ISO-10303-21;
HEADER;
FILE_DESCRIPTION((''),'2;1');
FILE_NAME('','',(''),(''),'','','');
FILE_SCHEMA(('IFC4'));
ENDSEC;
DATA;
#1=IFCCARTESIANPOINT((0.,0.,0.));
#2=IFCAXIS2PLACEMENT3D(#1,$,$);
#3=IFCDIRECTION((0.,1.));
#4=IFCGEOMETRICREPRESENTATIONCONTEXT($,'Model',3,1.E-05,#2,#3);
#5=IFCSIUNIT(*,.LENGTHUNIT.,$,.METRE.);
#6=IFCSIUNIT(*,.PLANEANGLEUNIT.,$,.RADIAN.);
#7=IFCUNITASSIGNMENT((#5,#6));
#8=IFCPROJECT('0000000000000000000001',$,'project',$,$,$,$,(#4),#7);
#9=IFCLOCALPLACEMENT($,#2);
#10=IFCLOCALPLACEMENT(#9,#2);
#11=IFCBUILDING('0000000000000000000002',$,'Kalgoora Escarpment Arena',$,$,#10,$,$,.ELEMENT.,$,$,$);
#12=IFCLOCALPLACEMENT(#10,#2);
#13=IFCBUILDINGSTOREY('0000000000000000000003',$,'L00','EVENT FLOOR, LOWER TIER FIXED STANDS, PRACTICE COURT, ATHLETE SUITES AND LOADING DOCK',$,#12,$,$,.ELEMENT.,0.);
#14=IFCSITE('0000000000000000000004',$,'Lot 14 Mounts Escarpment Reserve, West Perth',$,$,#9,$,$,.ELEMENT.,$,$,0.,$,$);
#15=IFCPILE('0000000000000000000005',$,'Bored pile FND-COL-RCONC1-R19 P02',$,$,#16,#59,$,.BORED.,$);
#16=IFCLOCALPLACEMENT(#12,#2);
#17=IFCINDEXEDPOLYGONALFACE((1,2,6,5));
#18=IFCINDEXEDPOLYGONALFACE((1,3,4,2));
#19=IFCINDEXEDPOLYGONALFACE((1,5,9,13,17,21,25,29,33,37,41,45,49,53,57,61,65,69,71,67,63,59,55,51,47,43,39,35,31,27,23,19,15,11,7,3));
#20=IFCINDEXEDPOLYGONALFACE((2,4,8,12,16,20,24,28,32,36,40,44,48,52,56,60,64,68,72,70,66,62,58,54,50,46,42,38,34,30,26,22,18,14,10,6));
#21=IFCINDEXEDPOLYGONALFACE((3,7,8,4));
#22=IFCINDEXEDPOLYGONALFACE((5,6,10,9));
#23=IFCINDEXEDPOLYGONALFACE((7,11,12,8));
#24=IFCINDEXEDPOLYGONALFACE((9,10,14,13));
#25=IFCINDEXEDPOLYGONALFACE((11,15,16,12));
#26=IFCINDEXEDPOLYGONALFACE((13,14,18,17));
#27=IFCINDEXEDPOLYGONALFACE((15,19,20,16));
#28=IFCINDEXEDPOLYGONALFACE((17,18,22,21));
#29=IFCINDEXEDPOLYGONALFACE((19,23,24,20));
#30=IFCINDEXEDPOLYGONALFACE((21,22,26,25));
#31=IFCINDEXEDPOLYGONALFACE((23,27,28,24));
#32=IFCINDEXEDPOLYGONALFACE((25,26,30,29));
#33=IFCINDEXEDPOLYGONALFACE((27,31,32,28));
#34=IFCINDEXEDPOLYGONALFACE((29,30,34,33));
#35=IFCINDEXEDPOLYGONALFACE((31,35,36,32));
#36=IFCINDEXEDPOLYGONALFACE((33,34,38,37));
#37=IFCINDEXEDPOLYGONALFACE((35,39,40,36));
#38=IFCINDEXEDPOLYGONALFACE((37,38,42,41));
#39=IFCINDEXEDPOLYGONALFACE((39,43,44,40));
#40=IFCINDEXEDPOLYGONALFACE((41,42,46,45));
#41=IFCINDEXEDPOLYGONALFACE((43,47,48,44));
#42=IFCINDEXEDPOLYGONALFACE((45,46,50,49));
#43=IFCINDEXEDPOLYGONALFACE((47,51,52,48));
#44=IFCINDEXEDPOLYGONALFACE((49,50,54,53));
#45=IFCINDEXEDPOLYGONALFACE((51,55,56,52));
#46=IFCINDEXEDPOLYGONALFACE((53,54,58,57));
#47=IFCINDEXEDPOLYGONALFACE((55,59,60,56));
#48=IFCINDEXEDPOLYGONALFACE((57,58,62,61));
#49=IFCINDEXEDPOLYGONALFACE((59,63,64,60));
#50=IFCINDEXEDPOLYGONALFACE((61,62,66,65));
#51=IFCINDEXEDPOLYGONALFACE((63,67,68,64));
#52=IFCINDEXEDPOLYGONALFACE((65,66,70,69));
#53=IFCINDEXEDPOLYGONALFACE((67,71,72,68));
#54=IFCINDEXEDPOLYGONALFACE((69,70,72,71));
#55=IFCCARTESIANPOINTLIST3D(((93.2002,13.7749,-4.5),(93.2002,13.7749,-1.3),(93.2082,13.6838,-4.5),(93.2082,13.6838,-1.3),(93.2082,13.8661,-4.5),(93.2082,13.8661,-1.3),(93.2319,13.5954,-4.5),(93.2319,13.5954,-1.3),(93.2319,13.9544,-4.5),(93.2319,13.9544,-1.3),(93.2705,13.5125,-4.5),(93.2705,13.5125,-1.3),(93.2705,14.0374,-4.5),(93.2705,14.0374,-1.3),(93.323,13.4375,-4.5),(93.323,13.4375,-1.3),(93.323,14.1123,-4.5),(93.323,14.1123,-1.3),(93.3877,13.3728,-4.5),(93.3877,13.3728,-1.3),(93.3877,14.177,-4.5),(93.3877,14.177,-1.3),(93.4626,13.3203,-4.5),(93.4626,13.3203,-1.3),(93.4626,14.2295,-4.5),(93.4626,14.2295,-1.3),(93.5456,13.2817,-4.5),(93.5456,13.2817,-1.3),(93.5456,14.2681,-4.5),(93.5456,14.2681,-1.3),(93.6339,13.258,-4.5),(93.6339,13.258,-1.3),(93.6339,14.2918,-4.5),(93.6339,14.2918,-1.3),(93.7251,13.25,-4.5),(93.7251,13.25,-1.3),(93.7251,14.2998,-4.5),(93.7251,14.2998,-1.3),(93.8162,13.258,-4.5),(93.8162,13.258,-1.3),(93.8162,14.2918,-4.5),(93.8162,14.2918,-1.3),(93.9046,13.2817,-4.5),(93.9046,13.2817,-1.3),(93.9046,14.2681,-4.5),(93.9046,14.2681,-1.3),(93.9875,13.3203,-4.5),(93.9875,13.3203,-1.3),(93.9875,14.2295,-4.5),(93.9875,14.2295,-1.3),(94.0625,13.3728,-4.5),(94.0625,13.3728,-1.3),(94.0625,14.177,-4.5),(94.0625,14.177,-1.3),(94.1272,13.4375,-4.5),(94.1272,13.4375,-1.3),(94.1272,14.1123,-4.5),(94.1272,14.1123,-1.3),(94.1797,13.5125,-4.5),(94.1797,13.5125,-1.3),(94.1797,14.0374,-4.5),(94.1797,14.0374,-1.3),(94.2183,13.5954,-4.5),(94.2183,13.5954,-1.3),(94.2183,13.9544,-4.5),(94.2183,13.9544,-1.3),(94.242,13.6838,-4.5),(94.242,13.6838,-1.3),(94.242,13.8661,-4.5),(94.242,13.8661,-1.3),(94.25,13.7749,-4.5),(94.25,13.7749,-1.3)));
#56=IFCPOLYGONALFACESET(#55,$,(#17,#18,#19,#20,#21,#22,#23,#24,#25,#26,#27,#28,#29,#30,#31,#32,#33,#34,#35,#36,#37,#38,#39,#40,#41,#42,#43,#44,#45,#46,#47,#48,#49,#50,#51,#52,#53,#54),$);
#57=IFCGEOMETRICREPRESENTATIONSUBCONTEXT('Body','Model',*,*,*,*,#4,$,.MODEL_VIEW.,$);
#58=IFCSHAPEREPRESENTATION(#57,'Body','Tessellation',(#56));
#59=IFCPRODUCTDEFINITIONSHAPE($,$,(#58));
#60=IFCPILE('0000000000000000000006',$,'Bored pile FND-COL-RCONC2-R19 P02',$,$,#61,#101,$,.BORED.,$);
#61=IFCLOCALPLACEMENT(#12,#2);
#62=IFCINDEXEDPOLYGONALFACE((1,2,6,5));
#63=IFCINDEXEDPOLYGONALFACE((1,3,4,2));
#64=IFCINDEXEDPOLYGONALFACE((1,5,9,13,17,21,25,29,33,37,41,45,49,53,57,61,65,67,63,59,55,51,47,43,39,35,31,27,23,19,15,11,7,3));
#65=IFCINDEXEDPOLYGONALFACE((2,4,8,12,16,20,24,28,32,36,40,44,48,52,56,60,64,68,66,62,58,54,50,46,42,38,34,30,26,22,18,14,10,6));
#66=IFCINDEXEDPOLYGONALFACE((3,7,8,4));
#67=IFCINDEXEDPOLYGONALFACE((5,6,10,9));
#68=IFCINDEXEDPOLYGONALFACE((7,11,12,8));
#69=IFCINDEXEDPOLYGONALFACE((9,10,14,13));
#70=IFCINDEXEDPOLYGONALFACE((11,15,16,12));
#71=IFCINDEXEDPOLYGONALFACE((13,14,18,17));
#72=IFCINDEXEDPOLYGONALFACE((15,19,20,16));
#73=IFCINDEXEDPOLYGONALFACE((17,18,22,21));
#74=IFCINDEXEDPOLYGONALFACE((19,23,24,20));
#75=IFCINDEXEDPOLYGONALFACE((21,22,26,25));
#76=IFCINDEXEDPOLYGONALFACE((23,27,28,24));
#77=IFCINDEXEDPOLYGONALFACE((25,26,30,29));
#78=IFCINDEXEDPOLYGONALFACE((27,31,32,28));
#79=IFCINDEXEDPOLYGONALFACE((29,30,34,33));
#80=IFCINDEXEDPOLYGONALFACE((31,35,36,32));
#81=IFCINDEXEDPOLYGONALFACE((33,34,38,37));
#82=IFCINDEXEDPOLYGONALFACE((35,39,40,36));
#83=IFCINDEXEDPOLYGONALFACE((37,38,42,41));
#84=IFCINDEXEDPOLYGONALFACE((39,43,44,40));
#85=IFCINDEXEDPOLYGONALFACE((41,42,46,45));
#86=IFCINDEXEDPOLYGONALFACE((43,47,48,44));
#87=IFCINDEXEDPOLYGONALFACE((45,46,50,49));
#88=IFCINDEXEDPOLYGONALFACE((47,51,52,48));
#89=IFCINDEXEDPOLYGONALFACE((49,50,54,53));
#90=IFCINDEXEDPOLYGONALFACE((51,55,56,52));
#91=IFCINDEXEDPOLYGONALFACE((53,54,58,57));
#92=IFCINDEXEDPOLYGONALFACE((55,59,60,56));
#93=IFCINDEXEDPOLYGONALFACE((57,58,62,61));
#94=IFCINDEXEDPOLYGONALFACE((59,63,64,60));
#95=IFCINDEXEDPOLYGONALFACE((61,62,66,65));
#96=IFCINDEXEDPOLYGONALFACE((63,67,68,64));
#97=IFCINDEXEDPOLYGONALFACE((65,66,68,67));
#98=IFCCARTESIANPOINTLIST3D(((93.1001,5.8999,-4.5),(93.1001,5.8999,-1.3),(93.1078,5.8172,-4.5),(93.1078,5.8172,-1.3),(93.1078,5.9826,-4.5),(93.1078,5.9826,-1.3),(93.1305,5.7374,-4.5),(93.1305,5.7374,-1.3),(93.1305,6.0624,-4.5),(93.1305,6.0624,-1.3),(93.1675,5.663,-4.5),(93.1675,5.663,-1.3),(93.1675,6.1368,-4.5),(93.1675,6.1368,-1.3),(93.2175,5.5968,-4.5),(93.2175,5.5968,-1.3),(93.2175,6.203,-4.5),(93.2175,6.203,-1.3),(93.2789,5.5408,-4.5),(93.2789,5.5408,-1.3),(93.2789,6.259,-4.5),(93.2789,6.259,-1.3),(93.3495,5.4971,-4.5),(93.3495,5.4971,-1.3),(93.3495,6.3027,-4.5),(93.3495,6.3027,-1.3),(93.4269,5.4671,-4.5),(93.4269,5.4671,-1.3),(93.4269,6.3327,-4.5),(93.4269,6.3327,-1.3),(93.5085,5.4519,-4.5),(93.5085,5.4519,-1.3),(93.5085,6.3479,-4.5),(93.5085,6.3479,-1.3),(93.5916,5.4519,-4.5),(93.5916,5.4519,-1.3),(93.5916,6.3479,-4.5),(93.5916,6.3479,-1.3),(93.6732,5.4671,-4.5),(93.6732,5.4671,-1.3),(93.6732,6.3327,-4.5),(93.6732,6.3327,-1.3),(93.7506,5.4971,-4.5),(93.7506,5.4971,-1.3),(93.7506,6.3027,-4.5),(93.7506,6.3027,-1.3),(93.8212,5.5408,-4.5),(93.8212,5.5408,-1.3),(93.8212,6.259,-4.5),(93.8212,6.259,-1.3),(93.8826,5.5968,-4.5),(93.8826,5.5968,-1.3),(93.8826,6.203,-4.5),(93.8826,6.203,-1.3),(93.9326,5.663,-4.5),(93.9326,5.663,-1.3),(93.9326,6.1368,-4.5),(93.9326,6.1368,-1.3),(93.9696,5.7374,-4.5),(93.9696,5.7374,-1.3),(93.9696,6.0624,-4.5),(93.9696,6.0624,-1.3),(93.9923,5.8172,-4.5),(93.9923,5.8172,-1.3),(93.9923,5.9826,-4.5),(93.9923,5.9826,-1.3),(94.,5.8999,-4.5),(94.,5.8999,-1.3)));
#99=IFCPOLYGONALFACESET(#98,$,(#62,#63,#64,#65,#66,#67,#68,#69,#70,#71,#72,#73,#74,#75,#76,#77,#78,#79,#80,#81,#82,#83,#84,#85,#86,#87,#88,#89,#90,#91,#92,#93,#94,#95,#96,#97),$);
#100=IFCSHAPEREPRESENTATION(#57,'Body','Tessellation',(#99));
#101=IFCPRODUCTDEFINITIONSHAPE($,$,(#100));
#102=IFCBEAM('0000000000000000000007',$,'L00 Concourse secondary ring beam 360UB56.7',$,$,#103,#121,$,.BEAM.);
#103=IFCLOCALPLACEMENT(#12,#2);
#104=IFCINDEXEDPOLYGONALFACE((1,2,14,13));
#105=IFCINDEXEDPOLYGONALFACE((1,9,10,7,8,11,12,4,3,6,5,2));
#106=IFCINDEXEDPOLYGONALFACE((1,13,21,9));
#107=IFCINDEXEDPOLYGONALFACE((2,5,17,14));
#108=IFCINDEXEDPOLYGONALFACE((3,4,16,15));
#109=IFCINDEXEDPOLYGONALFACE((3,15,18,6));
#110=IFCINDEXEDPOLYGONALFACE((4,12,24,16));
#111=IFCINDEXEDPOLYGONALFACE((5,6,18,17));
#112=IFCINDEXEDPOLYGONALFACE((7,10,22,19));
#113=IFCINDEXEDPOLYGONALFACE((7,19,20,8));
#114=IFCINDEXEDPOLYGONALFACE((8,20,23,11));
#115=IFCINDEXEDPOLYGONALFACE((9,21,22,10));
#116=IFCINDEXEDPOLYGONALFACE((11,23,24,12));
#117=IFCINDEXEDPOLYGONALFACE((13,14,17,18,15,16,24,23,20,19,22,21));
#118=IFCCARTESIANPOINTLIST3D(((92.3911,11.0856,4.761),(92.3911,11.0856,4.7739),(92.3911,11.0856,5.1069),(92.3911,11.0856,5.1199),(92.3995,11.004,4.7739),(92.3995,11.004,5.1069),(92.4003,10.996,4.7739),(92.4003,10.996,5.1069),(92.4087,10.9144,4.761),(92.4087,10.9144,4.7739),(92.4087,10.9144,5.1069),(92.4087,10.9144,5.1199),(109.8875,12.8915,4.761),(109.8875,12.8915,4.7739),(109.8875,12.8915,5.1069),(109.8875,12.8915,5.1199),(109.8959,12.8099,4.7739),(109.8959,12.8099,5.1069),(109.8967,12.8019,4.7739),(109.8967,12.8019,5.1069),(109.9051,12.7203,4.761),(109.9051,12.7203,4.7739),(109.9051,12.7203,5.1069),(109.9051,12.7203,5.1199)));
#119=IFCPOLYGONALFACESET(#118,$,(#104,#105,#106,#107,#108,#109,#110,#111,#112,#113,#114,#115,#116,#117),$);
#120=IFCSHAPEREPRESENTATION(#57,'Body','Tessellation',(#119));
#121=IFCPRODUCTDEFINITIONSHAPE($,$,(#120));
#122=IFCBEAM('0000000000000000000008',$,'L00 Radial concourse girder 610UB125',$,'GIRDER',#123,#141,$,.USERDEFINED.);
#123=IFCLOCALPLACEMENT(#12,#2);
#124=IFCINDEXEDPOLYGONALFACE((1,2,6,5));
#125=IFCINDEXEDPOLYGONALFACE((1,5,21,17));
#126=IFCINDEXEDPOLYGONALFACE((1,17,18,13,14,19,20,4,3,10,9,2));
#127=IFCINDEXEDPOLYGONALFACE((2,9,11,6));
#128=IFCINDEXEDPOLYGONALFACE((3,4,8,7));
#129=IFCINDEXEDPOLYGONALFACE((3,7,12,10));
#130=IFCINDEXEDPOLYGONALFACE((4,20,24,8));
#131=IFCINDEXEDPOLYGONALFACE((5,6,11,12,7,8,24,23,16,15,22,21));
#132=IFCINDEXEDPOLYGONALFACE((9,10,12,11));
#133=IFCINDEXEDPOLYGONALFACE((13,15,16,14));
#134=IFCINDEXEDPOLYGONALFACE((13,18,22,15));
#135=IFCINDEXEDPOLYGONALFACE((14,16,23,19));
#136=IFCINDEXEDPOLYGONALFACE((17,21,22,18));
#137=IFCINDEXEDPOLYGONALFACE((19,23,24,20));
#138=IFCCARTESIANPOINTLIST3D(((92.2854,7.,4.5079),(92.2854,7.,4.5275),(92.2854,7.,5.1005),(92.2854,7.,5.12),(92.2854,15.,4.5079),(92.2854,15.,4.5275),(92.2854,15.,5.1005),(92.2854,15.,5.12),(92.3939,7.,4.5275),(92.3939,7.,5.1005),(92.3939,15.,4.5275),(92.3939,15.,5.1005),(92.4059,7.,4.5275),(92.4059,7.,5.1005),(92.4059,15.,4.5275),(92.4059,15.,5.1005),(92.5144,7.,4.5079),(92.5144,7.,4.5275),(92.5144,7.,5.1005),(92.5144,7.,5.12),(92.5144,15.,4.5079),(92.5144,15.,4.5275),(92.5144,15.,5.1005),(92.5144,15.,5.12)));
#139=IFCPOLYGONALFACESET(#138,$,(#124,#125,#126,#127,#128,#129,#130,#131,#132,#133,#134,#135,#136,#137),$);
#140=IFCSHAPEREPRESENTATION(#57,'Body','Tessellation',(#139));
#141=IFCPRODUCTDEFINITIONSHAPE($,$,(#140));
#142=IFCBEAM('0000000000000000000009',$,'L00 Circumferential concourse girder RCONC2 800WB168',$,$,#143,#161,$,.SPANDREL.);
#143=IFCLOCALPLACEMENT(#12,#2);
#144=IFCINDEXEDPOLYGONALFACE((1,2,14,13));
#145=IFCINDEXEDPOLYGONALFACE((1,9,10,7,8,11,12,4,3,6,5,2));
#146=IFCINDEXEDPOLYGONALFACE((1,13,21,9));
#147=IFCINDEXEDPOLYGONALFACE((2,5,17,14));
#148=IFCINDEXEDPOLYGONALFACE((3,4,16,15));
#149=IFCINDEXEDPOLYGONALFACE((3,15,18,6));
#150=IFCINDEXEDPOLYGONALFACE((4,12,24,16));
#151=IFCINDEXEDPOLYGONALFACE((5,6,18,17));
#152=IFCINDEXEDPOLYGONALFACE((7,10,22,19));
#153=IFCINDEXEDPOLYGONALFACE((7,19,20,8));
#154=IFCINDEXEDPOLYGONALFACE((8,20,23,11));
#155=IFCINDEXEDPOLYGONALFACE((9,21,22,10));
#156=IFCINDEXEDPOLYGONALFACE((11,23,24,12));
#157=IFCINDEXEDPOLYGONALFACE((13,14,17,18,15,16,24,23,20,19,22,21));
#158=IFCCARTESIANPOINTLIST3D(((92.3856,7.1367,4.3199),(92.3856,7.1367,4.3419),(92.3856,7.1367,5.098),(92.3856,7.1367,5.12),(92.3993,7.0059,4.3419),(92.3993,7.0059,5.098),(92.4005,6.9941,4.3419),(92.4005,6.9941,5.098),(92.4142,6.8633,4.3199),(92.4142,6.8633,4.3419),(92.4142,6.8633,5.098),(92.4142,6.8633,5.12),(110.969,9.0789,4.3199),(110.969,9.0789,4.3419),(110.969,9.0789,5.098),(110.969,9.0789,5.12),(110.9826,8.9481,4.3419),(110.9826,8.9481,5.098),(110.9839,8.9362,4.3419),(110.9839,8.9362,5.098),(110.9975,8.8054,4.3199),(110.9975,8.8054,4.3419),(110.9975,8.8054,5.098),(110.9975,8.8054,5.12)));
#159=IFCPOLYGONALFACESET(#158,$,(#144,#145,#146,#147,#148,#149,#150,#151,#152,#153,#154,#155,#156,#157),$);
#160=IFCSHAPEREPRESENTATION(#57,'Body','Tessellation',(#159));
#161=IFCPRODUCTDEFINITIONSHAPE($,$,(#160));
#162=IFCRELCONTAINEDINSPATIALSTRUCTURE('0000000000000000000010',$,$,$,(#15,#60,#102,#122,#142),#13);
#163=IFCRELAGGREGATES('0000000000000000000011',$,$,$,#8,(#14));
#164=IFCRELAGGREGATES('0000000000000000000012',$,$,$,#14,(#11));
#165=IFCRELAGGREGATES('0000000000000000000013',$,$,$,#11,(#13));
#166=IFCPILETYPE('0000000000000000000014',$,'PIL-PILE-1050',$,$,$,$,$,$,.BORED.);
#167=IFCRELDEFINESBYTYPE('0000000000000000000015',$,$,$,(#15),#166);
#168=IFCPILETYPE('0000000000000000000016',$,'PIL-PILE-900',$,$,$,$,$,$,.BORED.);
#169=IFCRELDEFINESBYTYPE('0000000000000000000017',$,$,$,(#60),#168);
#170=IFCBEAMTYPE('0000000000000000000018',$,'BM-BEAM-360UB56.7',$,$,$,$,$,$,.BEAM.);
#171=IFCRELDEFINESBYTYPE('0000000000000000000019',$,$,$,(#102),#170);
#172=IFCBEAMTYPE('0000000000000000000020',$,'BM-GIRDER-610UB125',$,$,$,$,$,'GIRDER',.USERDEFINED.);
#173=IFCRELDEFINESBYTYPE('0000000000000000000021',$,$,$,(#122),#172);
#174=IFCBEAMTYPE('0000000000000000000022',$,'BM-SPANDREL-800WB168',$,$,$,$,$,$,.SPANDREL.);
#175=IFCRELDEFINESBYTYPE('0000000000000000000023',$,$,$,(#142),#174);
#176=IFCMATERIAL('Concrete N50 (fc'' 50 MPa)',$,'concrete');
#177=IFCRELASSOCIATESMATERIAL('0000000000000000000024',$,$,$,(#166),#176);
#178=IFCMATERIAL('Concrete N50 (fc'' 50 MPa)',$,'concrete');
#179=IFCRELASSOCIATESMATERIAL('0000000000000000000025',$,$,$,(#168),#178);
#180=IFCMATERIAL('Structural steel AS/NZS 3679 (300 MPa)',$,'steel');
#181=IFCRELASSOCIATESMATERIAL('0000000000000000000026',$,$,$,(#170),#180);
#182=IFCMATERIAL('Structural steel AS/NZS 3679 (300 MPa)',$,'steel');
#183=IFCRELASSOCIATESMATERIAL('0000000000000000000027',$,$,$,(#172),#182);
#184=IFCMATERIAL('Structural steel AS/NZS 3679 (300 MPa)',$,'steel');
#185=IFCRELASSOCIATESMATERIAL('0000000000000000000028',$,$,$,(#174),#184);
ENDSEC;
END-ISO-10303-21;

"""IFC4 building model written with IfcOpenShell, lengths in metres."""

from ifc_helpers import new_model, si_unit, direction, frame, origin, origin_2d, place, context, subcontext, project, spatial, circle, i_section, extrude, material, material_profile, profile_set, type_object, element, save


model = new_model("IFC4")

# Units and contexts
model_context = context("Model", 3, precision=1e-05, world=origin(), true_north=direction((0.0, 1.0)))
body_context = subcontext(model_context, "Body", "Model", "MODEL_VIEW")
ifc_project = project(units=[si_unit("LENGTHUNIT", "METRE"), si_unit("PLANEANGLEUNIT", "RADIAN")], contexts=[model_context])

# Site, building, storey
site_placement = place(None, origin())
site = spatial("IfcSite", under=ifc_project, at=site_placement, Name="Lot 14 Mounts Escarpment Reserve, West Perth", CompositionType="ELEMENT", RefElevation=0.0)
building_placement = place(site_placement, origin())
building = spatial("IfcBuilding", under=site, at=building_placement, Name="Kalgoora Escarpment Arena", CompositionType="ELEMENT")
storey_placement = place(building_placement, origin())
storey = spatial("IfcBuildingStorey", under=building, at=storey_placement, Name="L00", Description="EVENT FLOOR, LOWER TIER FIXED STANDS, PRACTICE COURT, ATHLETE SUITES AND LOADING DOCK", CompositionType="ELEMENT", Elevation=0.0)

# Piles
ifc_material_1 = material(Name="Concrete N50 (fc' 50 MPa)", Category="concrete")
ifc_material_profile_1 = material_profile(ifc_material_1, circle(Radius=0.5249, at=origin_2d()))
ifc_profile_set_1 = profile_set([ifc_material_profile_1], Name="Concrete N50 (fc' 50 MPa)")
pile_type_1 = type_object("IfcPileType", Name="PIL-PILE-1050", PredefinedType="BORED", material=ifc_profile_set_1)
for number, where, z_axis, x_axis, name in (
    (1, (93.7251, 13.7749, -1.3), (0.0, 0.0, -1.0), (1.0, 0.0, 0.0), "Bored pile FND-COL-RCONC1-R19 P02"),
):
    element("IfcPile", number, at=place(storey_placement, frame(where, z_axis=z_axis, x_axis=x_axis)), inside=storey, type_object=pile_type_1, Name=name, PredefinedType="BORED", context=body_context, shape_type="SweptSolid", body=[
        extrude(circle(Radius=0.5249, at=origin_2d()), origin(), (0.0, 0.0, 1.0), 3.2),
    ])
ifc_material_2 = material(Name="Concrete N50 (fc' 50 MPa)", Category="concrete")
ifc_material_profile_2 = material_profile(ifc_material_2, circle(Radius=0.45, at=origin_2d()))
ifc_profile_set_2 = profile_set([ifc_material_profile_2], Name="Concrete N50 (fc' 50 MPa)")
pile_type_2 = type_object("IfcPileType", Name="PIL-PILE-900", PredefinedType="BORED", material=ifc_profile_set_2)
pile_placement = place(storey_placement, frame((93.55, 5.8999, -1.3), z_axis=(0.0, 0.0, -1.0), x_axis=(1.0, 0.0, 0.0)))
element("IfcPile", 2, at=pile_placement, inside=storey, type_object=pile_type_2, Name="Bored pile FND-COL-RCONC2-R19 P02", PredefinedType="BORED", context=body_context, shape_type="SweptSolid", body=[
    extrude(circle(Radius=0.45, at=origin_2d()), origin(), (0.0, 0.0, 1.0), 3.2),
])

# Beams
ifc_material_3 = material(Name="Structural steel AS/NZS 3679 (300 MPa)", Category="steel")
ifc_material_profile_3 = material_profile(ifc_material_3, i_section(OverallWidth=0.1721, OverallDepth=0.3589, WebThickness=0.0081, FlangeThickness=0.0129, at=origin_2d()))
ifc_profile_set_3 = profile_set([ifc_material_profile_3], Name="Structural steel AS/NZS 3679 (300 MPa)")
beam_type_1 = type_object("IfcBeamType", Name="BM-BEAM-360UB56.7", PredefinedType="BEAM", material=ifc_profile_set_3)
beam_1_placement = place(storey_placement, frame((92.3999, 11.0, 4.9404), z_axis=(0.994715, 0.102671, 0.0), x_axis=(-0.102671, 0.994715, 0.0)))
element("IfcBeam", 3, at=beam_1_placement, inside=storey, type_object=beam_type_1, Name="L00 Concourse secondary ring beam 360UB56.7", PredefinedType="BEAM", context=body_context, shape_type="SweptSolid", body=[
    extrude(i_section(OverallWidth=0.1721, OverallDepth=0.3589, WebThickness=0.0081, FlangeThickness=0.0129, at=origin_2d()), origin(), (0.0, 0.0, 1.0), 17.5894),
])
ifc_material_4 = material(Name="Structural steel AS/NZS 3679 (300 MPa)", Category="steel")
ifc_material_profile_4 = material_profile(ifc_material_4, i_section(OverallWidth=0.229, OverallDepth=0.6121, WebThickness=0.012, FlangeThickness=0.0195, at=origin_2d()))
ifc_profile_set_4 = profile_set([ifc_material_profile_4], Name="Structural steel AS/NZS 3679 (300 MPa)")
beam_type_2 = type_object("IfcBeamType", Name="BM-GIRDER-610UB125", ElementType="GIRDER", PredefinedType="USERDEFINED", material=ifc_profile_set_4)
beam_2_placement = place(storey_placement, frame((92.3999, 15.0, 4.814), z_axis=(0.0, -1.0, 0.0), x_axis=(1.0, 0.0, 0.0)))
element("IfcBeam", 4, at=beam_2_placement, inside=storey, type_object=beam_type_2, Name="L00 Radial concourse girder 610UB125", ObjectType="GIRDER", PredefinedType="USERDEFINED", context=body_context, shape_type="SweptSolid", body=[
    extrude(i_section(OverallWidth=0.229, OverallDepth=0.6121, WebThickness=0.012, FlangeThickness=0.0195, at=origin_2d()), origin(), (0.0, 0.0, 1.0), 8.0),
])
ifc_material_5 = material(Name="Structural steel AS/NZS 3679 (300 MPa)", Category="steel")
ifc_material_profile_5 = material_profile(ifc_material_5, i_section(OverallWidth=0.2749, OverallDepth=0.8, WebThickness=0.012, FlangeThickness=0.022, at=origin_2d()))
ifc_profile_set_5 = profile_set([ifc_material_profile_5], Name="Structural steel AS/NZS 3679 (300 MPa)")
beam_type_3 = type_object("IfcBeamType", Name="BM-SPANDREL-800WB168", PredefinedType="SPANDREL", material=ifc_profile_set_5)
beam_3_placement = place(storey_placement, frame((92.3999, 7.0, 4.72), z_axis=(0.994583, 0.103944, 0.0), x_axis=(-0.103944, 0.994583, 0.0)))
element("IfcBeam", 5, at=beam_3_placement, inside=storey, type_object=beam_type_3, Name="L00 Circumferential concourse girder RCONC2 800WB168", PredefinedType="SPANDREL", context=body_context, shape_type="SweptSolid", body=[
    extrude(i_section(OverallWidth=0.2749, OverallDepth=0.8, WebThickness=0.012, FlangeThickness=0.022, at=origin_2d()), origin(), (0.0, 0.0, 1.0), 18.6846),
])

save(model, "model.ifc")
